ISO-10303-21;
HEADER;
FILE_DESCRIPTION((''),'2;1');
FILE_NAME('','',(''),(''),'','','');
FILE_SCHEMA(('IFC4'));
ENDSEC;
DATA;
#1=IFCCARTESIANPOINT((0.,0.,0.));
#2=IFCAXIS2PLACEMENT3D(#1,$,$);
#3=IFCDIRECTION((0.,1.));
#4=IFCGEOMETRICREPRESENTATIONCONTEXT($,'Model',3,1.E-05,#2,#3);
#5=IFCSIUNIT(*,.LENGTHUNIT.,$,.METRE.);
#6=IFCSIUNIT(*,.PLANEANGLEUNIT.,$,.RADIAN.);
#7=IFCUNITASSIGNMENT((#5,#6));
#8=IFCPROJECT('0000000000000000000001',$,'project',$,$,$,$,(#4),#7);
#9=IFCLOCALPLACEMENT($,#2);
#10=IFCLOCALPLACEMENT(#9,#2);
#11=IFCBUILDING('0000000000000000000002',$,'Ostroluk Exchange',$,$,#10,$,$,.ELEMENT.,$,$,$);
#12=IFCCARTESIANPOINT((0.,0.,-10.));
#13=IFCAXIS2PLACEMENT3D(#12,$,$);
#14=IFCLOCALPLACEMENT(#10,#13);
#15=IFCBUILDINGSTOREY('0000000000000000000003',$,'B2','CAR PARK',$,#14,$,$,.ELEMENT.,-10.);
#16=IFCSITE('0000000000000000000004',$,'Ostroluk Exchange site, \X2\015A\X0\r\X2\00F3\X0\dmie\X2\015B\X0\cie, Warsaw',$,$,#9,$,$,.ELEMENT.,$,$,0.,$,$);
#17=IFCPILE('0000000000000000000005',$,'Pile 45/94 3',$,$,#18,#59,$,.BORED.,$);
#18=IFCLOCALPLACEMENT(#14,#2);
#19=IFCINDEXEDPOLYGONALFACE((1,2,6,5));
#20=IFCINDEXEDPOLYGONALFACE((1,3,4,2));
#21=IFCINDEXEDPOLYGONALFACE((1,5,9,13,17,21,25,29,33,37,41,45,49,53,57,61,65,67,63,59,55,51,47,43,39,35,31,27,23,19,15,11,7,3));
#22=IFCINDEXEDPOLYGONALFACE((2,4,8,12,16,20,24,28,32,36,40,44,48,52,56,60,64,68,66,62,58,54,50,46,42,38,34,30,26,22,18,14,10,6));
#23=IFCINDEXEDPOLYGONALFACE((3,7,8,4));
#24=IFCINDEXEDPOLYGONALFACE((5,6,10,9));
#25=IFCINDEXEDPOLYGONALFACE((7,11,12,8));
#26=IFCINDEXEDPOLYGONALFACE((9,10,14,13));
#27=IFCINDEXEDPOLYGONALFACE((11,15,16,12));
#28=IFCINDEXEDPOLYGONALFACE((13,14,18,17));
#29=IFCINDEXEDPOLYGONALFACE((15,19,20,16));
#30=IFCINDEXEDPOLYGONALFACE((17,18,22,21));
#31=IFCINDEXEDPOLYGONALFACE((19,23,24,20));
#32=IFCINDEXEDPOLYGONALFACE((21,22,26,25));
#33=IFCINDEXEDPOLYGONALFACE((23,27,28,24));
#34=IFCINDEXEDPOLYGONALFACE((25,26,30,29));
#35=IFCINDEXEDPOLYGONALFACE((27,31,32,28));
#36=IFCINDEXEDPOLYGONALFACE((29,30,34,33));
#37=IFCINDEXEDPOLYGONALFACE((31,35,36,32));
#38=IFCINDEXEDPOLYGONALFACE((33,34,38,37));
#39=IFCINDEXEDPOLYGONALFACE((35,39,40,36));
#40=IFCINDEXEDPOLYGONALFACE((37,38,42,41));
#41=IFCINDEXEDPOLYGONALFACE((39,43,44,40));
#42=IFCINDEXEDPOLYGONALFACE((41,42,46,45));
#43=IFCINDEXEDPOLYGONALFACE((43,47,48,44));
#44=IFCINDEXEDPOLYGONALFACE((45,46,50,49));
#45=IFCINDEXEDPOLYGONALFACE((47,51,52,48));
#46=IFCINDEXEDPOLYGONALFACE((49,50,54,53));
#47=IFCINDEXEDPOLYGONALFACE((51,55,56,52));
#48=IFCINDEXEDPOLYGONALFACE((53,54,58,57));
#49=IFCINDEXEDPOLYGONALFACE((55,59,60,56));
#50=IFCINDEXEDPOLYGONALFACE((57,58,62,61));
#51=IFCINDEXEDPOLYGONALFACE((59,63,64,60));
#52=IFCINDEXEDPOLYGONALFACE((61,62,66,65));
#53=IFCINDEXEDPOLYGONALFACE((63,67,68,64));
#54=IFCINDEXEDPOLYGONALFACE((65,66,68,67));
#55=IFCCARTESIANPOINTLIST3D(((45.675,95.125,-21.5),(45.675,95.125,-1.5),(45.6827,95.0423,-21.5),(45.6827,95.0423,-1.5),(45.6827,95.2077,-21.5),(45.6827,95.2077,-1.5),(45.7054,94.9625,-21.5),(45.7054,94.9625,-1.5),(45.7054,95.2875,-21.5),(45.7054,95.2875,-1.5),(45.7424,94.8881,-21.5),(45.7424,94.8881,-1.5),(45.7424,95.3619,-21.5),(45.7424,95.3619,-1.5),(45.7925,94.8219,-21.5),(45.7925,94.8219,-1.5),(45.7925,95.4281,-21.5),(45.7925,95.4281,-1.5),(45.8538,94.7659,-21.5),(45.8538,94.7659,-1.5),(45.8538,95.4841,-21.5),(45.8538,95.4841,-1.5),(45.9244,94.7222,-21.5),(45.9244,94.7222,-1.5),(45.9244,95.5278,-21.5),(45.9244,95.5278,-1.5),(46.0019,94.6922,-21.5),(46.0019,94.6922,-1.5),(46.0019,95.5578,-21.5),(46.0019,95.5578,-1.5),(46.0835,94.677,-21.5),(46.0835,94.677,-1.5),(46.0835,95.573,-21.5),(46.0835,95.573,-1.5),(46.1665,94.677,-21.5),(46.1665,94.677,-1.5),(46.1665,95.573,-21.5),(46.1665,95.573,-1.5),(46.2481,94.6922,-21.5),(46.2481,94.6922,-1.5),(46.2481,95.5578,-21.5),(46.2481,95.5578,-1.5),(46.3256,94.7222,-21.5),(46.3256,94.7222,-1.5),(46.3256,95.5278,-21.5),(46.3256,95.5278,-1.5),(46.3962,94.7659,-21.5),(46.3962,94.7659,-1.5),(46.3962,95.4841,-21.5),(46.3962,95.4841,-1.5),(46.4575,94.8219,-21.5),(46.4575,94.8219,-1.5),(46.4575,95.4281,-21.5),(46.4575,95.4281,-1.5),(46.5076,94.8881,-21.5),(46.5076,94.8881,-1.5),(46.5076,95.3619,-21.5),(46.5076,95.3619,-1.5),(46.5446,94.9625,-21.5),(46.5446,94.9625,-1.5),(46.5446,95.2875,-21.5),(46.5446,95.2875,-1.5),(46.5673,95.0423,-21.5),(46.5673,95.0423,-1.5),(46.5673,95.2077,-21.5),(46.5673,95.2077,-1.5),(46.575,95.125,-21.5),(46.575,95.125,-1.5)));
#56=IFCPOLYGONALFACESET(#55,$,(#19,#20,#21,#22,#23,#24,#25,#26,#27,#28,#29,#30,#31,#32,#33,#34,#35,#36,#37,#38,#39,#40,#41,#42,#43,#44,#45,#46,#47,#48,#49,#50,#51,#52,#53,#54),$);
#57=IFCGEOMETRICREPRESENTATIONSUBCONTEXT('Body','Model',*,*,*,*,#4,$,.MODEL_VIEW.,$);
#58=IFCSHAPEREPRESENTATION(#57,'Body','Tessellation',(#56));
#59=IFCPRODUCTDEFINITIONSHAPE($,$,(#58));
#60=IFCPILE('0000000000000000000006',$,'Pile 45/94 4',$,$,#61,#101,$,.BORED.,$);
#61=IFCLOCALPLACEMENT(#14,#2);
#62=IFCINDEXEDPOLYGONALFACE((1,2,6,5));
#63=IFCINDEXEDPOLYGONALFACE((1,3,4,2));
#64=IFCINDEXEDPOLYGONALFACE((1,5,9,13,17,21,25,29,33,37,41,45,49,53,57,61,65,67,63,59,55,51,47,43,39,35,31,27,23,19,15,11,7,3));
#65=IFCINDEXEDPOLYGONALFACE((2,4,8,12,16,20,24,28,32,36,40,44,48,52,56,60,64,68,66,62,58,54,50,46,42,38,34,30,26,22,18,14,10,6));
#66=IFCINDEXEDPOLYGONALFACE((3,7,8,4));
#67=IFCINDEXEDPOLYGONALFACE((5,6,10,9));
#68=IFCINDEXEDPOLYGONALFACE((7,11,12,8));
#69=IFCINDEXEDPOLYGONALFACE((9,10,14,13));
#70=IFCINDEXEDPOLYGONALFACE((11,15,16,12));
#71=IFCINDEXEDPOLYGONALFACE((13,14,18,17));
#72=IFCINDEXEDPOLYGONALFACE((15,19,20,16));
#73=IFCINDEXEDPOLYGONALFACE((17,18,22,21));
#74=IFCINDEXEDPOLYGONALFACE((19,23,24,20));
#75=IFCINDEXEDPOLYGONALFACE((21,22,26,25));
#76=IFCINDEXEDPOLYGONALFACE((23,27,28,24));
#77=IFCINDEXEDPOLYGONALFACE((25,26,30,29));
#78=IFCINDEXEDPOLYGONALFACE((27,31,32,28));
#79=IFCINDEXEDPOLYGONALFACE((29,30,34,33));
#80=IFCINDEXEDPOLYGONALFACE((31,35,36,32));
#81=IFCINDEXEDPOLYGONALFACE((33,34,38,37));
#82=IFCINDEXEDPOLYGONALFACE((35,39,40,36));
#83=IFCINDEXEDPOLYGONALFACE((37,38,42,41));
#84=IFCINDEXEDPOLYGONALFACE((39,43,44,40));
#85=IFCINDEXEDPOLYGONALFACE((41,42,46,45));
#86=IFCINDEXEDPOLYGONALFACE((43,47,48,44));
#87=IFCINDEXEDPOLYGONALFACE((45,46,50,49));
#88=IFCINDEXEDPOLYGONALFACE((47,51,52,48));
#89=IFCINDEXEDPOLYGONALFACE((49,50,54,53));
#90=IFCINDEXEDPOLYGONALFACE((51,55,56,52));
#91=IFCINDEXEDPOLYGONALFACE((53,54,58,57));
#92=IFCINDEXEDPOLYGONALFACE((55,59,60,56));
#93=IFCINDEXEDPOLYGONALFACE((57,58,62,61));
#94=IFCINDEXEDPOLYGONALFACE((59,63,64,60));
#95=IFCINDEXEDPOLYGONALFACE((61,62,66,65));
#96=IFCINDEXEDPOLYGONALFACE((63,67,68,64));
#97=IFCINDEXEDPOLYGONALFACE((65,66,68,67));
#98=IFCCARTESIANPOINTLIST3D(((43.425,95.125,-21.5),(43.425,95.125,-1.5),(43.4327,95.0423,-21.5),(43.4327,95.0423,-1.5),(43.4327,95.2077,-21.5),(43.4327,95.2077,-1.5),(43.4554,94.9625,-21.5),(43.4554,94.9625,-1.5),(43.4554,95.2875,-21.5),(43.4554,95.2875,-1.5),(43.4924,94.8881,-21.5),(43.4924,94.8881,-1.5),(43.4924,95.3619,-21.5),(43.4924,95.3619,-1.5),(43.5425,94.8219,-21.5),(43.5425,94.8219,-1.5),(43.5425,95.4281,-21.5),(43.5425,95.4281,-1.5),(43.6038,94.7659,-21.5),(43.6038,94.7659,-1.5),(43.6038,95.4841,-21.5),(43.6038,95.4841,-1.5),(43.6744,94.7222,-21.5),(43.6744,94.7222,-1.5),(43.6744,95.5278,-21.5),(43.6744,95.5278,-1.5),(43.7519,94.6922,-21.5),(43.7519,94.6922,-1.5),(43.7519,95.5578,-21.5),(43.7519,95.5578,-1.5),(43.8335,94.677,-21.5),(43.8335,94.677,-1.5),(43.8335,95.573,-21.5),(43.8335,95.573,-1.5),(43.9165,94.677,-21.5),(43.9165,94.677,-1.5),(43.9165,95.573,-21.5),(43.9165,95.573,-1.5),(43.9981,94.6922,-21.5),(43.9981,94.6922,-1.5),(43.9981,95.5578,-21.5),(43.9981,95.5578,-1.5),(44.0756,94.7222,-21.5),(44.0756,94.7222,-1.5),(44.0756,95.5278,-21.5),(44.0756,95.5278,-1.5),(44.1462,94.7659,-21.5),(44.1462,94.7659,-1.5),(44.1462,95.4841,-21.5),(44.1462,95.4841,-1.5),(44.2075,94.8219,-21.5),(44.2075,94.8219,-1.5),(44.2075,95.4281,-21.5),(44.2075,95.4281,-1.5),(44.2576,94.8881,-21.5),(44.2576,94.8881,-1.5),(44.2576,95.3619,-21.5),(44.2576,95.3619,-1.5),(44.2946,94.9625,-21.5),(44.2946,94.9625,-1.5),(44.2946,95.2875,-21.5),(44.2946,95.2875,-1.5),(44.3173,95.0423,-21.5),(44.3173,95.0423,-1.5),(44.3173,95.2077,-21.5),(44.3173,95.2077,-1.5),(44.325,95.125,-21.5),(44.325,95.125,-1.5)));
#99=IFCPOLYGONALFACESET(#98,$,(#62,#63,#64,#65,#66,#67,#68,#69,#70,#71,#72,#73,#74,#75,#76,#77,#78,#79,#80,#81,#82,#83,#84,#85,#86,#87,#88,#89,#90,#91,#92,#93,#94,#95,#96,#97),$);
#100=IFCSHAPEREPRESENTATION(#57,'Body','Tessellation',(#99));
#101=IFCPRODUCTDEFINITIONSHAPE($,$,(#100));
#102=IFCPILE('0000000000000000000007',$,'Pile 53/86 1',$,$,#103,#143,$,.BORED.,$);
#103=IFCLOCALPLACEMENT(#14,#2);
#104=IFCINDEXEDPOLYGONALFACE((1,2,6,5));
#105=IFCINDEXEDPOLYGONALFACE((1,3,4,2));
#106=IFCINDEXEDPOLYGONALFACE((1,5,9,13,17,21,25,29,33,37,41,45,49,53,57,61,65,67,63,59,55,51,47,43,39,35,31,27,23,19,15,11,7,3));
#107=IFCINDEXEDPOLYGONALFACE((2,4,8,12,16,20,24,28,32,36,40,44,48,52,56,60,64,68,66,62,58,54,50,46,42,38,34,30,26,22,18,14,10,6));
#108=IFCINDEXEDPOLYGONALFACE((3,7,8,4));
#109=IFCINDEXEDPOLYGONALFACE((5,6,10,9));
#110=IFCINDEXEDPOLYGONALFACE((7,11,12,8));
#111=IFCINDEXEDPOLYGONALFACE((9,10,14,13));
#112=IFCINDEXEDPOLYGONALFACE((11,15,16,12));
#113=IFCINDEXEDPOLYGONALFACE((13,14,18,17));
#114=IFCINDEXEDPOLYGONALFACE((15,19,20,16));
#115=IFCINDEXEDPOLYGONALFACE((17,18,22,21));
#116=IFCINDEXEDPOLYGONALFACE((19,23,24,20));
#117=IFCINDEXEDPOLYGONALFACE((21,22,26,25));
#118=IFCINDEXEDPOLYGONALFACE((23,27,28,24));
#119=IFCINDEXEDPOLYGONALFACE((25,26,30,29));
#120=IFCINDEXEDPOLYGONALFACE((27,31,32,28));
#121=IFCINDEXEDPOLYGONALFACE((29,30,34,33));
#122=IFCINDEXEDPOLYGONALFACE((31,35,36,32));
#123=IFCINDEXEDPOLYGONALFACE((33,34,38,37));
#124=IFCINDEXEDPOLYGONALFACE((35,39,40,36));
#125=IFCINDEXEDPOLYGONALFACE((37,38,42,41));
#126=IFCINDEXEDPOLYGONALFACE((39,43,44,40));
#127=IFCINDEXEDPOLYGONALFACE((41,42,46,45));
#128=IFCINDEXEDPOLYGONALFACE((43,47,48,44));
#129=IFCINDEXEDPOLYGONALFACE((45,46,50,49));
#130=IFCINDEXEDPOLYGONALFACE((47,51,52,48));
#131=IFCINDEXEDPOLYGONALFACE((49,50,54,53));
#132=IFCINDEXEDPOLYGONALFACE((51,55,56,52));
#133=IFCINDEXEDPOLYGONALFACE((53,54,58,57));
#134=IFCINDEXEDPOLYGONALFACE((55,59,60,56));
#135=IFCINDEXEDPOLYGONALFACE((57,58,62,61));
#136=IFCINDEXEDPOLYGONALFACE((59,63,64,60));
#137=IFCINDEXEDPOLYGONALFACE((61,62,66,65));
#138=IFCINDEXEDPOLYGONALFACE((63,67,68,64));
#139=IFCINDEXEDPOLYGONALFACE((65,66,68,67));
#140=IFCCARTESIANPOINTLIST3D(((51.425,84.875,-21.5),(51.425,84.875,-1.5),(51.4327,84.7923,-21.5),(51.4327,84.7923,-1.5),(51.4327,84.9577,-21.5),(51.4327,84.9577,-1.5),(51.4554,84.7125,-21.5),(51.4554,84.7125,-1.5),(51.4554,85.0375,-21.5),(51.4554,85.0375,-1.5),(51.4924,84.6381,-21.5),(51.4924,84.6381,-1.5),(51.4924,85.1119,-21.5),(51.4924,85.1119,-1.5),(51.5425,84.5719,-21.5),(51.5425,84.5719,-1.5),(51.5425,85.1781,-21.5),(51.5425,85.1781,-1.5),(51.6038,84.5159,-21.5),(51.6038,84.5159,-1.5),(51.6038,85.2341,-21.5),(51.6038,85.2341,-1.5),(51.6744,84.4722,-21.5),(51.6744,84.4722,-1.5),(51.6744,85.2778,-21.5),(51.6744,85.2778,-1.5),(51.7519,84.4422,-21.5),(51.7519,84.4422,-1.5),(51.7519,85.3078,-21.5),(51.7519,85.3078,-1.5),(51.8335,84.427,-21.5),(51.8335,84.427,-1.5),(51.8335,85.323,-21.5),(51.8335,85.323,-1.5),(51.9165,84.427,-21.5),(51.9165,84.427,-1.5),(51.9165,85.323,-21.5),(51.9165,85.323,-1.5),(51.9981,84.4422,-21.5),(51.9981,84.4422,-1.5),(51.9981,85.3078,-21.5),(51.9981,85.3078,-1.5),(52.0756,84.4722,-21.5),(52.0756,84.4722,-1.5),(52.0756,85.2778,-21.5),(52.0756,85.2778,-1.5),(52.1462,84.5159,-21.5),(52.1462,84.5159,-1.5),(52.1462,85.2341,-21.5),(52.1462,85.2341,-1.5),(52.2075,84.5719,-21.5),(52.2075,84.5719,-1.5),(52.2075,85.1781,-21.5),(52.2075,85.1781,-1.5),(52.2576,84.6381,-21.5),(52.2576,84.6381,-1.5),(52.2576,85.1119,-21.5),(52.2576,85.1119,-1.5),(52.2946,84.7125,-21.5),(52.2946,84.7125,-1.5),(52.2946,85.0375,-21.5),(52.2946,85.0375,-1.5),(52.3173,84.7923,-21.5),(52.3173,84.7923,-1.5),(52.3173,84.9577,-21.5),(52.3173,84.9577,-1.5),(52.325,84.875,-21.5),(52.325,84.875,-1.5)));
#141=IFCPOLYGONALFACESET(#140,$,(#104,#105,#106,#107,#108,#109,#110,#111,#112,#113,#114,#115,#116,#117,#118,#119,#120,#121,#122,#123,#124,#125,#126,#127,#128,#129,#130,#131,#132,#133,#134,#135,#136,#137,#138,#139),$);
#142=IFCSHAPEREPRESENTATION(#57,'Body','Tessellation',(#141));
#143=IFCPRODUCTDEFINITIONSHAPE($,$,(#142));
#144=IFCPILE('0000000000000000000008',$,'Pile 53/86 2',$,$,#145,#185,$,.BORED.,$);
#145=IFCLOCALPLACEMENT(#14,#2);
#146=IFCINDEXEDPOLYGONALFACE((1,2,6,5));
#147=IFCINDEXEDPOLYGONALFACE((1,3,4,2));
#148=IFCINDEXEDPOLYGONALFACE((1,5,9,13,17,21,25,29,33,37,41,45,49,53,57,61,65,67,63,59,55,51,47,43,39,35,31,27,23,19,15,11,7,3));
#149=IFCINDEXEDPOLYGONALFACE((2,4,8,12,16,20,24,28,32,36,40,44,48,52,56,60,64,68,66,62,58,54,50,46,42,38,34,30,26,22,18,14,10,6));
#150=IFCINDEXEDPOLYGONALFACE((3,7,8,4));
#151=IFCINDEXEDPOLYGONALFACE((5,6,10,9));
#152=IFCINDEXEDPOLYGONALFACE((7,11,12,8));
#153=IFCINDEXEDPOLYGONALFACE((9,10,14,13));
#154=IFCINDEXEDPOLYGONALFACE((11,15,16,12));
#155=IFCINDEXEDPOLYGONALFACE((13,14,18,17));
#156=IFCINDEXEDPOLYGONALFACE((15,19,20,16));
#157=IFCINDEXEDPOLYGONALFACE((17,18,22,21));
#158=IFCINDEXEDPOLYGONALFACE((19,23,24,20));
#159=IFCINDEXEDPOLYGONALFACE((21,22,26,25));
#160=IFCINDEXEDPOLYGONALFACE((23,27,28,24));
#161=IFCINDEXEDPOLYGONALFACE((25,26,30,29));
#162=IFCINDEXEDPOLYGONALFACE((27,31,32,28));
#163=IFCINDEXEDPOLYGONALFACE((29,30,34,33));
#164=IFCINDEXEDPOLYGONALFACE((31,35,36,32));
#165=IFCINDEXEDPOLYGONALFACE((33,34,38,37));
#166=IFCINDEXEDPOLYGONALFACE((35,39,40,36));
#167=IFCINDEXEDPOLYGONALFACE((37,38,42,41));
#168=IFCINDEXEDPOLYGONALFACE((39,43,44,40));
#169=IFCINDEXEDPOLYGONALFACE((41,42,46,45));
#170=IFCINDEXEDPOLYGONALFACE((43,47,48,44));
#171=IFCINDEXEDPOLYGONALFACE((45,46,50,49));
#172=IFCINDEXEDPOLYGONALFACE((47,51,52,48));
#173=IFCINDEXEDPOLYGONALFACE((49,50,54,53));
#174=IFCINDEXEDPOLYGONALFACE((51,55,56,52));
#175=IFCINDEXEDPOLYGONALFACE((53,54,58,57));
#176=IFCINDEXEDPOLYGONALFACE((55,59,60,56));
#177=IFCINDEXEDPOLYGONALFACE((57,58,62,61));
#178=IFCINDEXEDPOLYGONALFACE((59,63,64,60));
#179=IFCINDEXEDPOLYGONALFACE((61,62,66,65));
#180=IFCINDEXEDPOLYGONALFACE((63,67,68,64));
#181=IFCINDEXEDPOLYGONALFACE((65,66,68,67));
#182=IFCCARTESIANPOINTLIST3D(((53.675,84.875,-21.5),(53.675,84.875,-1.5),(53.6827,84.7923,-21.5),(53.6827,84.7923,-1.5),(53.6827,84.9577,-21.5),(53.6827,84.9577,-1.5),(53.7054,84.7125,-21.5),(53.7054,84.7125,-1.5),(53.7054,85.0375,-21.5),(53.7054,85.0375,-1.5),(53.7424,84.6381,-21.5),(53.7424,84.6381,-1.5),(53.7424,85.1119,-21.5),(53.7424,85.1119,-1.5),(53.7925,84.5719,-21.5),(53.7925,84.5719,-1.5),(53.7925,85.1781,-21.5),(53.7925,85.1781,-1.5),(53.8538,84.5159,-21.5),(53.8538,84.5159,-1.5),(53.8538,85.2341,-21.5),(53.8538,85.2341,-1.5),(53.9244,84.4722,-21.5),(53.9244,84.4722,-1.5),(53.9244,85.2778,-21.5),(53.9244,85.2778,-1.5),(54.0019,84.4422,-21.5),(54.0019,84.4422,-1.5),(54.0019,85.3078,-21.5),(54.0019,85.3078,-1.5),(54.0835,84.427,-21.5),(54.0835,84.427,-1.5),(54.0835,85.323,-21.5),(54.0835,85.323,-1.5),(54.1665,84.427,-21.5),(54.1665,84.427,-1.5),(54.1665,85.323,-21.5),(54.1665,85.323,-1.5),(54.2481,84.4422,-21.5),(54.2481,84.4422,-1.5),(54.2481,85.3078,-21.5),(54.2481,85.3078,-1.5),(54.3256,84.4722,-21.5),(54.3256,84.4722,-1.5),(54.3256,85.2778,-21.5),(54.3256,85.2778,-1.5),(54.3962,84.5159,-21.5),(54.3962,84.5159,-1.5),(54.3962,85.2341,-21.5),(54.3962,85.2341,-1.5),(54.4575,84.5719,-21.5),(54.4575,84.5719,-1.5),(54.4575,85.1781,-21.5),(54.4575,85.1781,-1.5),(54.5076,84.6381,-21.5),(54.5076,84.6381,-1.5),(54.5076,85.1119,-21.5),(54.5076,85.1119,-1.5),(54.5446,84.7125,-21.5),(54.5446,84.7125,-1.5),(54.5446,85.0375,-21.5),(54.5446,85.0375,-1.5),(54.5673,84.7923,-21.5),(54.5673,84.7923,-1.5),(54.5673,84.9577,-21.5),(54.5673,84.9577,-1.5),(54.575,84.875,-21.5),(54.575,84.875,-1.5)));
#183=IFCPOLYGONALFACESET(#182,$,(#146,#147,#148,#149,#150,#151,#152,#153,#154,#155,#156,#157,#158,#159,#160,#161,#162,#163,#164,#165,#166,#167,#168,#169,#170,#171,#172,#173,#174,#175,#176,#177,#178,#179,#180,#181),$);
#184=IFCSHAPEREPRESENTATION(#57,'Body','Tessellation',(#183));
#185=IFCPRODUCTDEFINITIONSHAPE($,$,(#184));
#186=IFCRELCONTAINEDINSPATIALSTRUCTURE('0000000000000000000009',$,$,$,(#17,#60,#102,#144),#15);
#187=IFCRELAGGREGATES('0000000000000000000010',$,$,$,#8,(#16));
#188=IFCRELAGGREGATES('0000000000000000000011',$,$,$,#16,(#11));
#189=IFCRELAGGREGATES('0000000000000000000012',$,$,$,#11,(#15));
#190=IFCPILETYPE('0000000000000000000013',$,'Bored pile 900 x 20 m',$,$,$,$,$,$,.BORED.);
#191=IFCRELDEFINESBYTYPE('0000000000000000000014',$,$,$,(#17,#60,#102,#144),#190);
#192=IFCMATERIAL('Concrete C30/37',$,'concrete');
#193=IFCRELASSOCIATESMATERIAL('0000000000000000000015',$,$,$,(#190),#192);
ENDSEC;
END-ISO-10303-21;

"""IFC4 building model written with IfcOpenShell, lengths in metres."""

from ifc_helpers import new_model, si_unit, direction, frame, origin, origin_2d, place, context, subcontext, project, spatial, circle, extrude, material, type_object, element, save


model = new_model("IFC4")

# Units and contexts
model_context = context("Model", 3, precision=1e-05, world=origin(), true_north=direction((0.0, 1.0)))
body_context = subcontext(model_context, "Body", "Model", "MODEL_VIEW")
ifc_project = project(units=[si_unit("LENGTHUNIT", "METRE"), si_unit("PLANEANGLEUNIT", "RADIAN")], contexts=[model_context])

# Site, building, storey
site_placement = place(None, origin())
site = spatial("IfcSite", under=ifc_project, at=site_placement, Name="Ostroluk Exchange site, Śródmieście, Warsaw", CompositionType="ELEMENT", RefElevation=0.0)
building_placement = place(site_placement, origin())
building = spatial("IfcBuilding", under=site, at=building_placement, Name="Ostroluk Exchange", CompositionType="ELEMENT")
storey_placement = place(building_placement, frame((0.0, 0.0, -10.0)))
storey = spatial("IfcBuildingStorey", under=building, at=storey_placement, Name="B2", Description="CAR PARK", CompositionType="ELEMENT", Elevation=-10.0)

# Piles
ifc_material_1 = material(Name="Concrete C30/37", Category="concrete")
pile_type = type_object("IfcPileType", Name="Bored pile 900 x 20 m", PredefinedType="BORED", material=ifc_material_1)
for number, where, z_axis, x_axis, name in (
    (1, (46.125, 95.125, -1.5), (0.0, 0.0, -1.0), (1.0, 0.0, 0.0), "Pile 45/94 3"),
    (2, (43.875, 95.125, -1.5), (0.0, 0.0, -1.0), (1.0, 0.0, 0.0), "Pile 45/94 4"),
    (3, (51.875, 84.875, -1.5), (0.0, 0.0, -1.0), (1.0, 0.0, 0.0), "Pile 53/86 1"),
    (4, (54.125, 84.875, -1.5), (0.0, 0.0, -1.0), (1.0, 0.0, 0.0), "Pile 53/86 2"),
):
    element("IfcPile", number, at=place(storey_placement, frame(where, z_axis=z_axis, x_axis=x_axis)), inside=storey, type_object=pile_type, Name=name, PredefinedType="BORED", context=body_context, shape_type="SweptSolid", body=[
        extrude(circle(Radius=0.45, at=origin_2d()), origin(), (0.0, 0.0, 1.0), 20.0),
    ])

save(model, "model.ifc")
